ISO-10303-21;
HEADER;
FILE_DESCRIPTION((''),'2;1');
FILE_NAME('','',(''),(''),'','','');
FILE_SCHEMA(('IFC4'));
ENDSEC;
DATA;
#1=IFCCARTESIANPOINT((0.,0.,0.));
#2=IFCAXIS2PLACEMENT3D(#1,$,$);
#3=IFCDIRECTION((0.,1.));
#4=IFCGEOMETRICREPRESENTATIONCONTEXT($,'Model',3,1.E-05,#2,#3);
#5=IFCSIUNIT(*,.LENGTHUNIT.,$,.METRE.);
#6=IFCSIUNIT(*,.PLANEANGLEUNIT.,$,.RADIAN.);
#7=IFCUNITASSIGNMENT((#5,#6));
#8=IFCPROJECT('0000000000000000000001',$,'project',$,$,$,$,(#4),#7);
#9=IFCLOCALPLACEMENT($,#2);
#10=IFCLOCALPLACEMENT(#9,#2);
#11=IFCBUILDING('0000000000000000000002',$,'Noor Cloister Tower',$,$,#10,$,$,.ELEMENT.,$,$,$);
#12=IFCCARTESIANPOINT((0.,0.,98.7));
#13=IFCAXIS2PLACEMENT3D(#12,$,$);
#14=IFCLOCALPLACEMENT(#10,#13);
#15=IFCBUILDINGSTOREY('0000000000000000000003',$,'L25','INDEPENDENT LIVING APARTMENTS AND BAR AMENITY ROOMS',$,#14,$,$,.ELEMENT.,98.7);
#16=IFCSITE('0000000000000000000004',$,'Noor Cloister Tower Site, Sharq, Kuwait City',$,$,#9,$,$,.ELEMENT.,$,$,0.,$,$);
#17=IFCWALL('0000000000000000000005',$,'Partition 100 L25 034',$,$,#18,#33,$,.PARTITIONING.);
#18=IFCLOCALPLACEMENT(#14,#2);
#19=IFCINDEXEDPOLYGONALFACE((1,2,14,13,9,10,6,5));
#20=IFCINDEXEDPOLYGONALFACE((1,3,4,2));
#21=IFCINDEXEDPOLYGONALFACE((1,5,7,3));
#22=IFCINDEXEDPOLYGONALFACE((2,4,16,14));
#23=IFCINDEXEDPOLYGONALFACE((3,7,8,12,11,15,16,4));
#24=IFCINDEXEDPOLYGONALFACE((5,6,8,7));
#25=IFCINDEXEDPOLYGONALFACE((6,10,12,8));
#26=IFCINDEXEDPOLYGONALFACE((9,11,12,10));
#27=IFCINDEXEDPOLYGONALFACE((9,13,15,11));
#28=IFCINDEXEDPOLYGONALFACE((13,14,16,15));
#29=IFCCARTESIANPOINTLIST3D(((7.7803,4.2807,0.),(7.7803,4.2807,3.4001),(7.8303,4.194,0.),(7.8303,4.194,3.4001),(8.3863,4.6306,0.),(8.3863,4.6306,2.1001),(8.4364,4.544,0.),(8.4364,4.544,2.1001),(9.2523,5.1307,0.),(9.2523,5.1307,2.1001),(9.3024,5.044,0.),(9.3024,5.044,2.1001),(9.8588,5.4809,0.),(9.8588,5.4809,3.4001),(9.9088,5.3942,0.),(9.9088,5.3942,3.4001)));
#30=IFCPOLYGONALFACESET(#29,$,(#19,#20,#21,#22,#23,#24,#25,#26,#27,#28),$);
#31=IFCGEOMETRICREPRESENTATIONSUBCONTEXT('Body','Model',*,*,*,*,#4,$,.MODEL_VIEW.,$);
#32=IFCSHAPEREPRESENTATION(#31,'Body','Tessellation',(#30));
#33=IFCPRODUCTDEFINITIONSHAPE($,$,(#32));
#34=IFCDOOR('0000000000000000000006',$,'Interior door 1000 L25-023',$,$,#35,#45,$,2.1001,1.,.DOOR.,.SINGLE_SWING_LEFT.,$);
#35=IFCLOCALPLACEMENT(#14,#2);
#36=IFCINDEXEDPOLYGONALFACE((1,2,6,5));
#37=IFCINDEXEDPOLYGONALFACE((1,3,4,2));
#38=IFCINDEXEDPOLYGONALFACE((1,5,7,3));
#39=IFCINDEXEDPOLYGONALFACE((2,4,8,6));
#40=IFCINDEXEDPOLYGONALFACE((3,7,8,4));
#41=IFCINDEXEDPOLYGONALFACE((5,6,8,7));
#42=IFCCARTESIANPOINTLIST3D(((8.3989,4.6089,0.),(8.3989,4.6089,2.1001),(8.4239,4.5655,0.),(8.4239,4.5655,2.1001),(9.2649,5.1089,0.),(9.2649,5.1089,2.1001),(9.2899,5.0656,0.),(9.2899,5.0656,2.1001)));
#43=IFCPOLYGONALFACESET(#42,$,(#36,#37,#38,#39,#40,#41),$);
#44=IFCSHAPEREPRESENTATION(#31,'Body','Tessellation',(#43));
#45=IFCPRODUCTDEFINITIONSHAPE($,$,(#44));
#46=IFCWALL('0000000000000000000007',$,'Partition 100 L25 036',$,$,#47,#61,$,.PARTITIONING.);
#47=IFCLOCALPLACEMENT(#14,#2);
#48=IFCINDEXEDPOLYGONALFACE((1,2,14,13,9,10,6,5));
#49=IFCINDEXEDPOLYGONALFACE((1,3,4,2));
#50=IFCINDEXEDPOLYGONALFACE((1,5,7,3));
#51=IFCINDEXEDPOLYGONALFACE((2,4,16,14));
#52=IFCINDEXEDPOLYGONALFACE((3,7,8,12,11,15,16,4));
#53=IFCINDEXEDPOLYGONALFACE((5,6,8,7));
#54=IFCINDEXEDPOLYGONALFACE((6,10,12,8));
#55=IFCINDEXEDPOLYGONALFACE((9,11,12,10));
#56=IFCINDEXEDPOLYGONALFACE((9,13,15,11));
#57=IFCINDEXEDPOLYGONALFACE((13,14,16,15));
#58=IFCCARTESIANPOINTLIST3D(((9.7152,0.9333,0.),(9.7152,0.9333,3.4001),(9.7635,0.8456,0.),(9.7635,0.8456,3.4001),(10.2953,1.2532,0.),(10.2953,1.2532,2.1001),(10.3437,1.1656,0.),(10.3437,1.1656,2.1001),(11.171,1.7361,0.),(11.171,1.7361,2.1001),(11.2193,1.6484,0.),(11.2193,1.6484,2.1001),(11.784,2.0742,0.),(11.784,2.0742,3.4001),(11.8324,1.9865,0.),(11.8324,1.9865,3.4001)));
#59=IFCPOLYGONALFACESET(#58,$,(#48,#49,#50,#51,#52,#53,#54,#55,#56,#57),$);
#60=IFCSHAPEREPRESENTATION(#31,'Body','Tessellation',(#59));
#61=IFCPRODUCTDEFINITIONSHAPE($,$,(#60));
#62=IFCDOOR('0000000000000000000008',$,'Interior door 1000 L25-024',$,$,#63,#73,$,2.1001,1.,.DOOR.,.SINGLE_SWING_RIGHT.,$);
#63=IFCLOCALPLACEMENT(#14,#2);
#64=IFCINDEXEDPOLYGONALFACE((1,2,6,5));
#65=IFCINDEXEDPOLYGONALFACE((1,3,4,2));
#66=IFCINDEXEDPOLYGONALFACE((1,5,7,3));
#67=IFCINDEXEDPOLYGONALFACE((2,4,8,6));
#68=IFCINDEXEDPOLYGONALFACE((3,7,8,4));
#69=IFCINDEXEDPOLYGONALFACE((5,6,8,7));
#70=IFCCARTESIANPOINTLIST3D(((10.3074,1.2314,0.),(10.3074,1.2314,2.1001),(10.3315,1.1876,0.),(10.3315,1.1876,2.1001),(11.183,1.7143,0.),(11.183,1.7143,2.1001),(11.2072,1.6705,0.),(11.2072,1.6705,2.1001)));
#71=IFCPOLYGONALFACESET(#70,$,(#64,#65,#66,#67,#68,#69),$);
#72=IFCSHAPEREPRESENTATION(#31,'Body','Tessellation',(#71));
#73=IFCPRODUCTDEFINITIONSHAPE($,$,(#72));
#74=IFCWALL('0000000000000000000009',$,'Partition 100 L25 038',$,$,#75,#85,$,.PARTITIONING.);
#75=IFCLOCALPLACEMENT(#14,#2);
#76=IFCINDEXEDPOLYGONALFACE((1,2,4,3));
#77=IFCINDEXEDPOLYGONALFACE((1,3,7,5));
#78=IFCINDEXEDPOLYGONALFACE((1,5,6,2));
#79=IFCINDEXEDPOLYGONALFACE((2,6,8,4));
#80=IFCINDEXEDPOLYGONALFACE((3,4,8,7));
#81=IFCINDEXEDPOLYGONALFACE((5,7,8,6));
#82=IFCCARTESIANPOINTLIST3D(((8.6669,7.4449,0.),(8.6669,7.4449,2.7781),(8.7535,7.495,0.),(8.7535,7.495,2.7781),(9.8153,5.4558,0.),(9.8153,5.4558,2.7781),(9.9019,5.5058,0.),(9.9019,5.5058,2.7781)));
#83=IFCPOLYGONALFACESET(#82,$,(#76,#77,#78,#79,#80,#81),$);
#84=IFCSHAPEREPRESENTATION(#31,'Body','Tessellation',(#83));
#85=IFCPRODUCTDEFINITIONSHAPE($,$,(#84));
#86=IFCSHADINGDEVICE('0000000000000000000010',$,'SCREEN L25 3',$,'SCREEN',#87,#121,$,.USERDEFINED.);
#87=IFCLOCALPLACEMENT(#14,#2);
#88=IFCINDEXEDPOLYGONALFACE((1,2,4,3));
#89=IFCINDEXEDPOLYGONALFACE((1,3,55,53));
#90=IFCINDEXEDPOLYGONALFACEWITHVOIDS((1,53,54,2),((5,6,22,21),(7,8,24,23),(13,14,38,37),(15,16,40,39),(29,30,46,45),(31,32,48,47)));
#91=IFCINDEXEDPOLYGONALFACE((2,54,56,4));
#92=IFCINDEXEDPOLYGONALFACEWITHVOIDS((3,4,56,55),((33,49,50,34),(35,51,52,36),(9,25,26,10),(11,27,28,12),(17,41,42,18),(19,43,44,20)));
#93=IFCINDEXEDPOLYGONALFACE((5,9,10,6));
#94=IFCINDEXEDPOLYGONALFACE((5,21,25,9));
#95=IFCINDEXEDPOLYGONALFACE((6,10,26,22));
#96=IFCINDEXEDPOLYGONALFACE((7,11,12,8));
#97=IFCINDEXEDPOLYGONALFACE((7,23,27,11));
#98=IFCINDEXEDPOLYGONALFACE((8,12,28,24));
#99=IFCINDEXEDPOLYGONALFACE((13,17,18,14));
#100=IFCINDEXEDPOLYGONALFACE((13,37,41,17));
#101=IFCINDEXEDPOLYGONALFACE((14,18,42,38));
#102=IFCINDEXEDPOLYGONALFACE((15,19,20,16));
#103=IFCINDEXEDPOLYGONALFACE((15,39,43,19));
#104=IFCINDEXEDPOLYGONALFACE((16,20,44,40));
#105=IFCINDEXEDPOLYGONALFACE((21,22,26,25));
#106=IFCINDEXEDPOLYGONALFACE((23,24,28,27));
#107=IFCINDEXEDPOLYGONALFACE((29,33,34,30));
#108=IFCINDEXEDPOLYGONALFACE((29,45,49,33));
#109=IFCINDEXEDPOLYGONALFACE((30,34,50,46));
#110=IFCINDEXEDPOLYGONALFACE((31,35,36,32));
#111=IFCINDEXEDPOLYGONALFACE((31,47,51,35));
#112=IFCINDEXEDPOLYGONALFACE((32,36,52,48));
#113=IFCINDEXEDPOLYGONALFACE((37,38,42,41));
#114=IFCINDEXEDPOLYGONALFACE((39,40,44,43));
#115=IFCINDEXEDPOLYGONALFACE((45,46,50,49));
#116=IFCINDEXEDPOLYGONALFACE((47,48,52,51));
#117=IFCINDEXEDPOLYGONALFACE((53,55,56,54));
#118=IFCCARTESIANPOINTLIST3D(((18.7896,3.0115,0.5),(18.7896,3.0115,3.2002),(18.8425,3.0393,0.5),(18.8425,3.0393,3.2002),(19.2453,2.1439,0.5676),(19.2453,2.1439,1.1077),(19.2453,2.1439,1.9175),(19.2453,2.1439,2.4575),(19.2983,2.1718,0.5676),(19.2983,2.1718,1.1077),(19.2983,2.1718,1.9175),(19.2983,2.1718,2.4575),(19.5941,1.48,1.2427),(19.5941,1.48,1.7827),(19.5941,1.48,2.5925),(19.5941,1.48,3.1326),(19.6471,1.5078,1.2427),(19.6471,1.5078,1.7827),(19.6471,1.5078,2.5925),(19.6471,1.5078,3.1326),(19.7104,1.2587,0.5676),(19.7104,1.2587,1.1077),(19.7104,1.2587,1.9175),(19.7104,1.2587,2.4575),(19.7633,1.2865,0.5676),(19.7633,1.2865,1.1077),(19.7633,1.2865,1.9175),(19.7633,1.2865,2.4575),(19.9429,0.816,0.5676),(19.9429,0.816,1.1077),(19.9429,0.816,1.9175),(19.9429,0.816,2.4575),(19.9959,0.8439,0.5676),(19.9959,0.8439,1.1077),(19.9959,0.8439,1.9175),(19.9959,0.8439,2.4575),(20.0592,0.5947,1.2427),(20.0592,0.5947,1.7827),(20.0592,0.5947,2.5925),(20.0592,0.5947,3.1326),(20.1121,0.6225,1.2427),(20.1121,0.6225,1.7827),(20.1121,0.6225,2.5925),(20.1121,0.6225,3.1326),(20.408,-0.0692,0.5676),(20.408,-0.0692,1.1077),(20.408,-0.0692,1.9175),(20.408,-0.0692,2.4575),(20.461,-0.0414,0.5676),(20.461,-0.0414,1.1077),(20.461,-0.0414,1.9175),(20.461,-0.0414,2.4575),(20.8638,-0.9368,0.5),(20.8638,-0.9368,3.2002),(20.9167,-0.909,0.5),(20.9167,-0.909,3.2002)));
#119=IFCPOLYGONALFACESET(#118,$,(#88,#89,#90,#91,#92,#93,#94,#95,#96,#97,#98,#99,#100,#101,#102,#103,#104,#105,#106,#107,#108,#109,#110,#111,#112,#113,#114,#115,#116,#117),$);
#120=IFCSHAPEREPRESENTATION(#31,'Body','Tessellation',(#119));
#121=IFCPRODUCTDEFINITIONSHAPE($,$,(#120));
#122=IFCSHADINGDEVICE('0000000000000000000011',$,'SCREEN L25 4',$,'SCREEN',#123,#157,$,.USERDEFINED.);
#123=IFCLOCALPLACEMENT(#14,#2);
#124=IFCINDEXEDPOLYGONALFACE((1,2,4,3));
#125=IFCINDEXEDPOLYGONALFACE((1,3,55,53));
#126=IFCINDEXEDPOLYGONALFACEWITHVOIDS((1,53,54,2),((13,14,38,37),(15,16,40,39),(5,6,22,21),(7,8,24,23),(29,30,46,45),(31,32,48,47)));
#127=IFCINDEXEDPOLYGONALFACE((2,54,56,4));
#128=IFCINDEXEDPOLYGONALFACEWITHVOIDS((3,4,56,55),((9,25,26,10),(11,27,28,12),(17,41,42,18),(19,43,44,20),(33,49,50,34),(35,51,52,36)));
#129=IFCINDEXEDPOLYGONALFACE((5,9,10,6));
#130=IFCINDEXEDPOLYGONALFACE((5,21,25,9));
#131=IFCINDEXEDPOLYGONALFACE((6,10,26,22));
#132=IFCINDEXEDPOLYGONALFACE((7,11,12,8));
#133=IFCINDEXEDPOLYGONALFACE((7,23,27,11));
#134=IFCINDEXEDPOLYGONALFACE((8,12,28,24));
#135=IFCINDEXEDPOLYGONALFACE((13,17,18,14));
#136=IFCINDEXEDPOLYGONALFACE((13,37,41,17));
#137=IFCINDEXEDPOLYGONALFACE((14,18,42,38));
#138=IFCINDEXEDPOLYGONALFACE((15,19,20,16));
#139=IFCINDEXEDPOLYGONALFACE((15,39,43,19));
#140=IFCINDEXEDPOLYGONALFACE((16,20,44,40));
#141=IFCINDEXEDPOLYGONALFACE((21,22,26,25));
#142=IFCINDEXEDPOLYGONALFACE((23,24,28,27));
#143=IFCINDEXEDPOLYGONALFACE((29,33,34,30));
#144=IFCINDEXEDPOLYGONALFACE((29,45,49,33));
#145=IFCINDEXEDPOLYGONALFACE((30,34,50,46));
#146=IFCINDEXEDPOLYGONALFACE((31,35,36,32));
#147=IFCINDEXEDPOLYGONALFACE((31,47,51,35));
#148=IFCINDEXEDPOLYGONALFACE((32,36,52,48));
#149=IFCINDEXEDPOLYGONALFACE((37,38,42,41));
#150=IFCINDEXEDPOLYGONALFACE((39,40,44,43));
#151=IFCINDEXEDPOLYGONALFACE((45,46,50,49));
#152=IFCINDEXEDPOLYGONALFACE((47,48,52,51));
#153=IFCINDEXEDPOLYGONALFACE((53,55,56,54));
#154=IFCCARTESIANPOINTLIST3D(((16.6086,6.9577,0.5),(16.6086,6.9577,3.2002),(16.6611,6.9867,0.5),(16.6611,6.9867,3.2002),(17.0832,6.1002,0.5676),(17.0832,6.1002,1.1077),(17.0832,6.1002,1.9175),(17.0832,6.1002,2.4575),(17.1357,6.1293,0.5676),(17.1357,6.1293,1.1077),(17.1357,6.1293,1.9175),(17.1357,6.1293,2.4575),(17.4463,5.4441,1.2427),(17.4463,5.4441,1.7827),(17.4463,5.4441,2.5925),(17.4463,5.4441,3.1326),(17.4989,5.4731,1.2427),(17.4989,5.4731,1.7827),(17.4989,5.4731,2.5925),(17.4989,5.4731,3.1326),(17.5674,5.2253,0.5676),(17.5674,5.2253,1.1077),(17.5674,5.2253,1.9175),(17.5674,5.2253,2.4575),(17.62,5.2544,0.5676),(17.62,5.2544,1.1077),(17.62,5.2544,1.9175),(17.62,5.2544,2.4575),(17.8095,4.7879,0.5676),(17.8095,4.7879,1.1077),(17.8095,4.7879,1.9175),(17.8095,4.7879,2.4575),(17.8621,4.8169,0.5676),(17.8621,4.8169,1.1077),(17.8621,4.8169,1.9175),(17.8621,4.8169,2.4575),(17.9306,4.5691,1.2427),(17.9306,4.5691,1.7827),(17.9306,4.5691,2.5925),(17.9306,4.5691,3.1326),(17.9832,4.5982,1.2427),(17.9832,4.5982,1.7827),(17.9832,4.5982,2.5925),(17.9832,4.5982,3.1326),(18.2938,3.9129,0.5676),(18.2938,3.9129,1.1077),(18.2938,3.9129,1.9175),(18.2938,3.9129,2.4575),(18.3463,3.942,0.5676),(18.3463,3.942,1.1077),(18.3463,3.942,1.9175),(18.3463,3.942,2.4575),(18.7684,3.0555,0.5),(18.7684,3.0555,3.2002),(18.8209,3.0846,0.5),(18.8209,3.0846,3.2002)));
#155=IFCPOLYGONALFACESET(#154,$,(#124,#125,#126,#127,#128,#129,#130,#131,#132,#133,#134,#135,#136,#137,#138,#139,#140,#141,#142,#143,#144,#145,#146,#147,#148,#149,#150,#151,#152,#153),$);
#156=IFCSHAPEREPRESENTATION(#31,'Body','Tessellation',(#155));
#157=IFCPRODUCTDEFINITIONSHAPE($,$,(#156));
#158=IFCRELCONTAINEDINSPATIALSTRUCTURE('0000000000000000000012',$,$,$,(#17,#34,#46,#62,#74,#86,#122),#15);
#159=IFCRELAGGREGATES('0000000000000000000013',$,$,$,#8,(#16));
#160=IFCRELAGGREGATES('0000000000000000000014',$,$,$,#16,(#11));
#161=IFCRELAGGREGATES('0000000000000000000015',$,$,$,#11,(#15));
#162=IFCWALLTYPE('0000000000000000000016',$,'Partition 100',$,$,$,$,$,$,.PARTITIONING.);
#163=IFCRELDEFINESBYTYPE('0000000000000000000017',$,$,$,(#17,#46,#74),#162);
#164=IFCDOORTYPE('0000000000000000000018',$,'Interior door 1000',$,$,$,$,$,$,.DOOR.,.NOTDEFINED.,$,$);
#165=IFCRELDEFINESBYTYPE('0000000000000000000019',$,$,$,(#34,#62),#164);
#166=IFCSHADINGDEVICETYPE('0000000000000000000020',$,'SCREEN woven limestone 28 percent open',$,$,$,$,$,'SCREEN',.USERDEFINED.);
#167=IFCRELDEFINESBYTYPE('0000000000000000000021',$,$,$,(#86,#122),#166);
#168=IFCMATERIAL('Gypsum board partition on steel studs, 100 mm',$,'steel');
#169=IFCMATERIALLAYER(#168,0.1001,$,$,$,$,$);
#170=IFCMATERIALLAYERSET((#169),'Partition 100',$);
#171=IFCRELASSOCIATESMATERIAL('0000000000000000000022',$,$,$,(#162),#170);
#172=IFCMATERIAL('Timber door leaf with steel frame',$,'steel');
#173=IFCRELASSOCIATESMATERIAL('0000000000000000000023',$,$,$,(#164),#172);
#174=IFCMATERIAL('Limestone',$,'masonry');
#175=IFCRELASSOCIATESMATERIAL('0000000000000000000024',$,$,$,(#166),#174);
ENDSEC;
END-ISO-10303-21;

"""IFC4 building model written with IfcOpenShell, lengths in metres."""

from ifc_helpers import new_model, si_unit, direction, frame, frame_2d, origin, place, context, subcontext, project, spatial, polyline, rectangle, outline, extrude, material, layer, layer_set, material_profile, profile_set, type_object, element, fill, save


model = new_model("IFC4")

# Units and contexts
model_context = context("Model", 3, precision=1e-05, world=origin(), true_north=direction((0.0, 1.0)))
body_context = subcontext(model_context, "Body", "Model", "MODEL_VIEW")
ifc_project = project(units=[si_unit("LENGTHUNIT", "METRE"), si_unit("PLANEANGLEUNIT", "RADIAN")], contexts=[model_context])

# Site, building, storey
site_placement = place(None, origin())
site = spatial("IfcSite", under=ifc_project, at=site_placement, Name="Noor Cloister Tower Site, Sharq, Kuwait City", CompositionType="ELEMENT", RefElevation=0.0)
building_placement = place(site_placement, origin())
building = spatial("IfcBuilding", under=site, at=building_placement, Name="Noor Cloister Tower", CompositionType="ELEMENT")
storey_placement = place(building_placement, frame((0.0, 0.0, 98.7)))
storey = spatial("IfcBuildingStorey", under=building, at=storey_placement, Name="L25", Description="INDEPENDENT LIVING APARTMENTS AND BAR AMENITY ROOMS", CompositionType="ELEMENT", Elevation=98.7)

# Walls, openings, doors
ifc_material_1 = material(Name="Gypsum board partition on steel studs, 100 mm", Category="steel")
ifc_layer_1 = layer(ifc_material_1, 0.1001)
ifc_layer_set_1 = layer_set([ifc_layer_1], Name="Partition 100")
wall_type_1 = type_object("IfcWallType", Name="Partition 100", PredefinedType="PARTITIONING", material=ifc_layer_set_1)
wall_1_placement = place(storey_placement, frame((7.8052, 4.2373, 0.0), z_axis=(0.0, 0.0, 1.0), x_axis=(0.866006, 0.500034, 0.0)))
wall_1 = element("IfcWall", 1, at=wall_1_placement, inside=storey, type_object=wall_type_1, Name="Partition 100 L25 034", PredefinedType="PARTITIONING", context=body_context, shape_type="SweptSolid", body=[
    extrude(rectangle(XDim=2.4001, YDim=0.1001, at=frame_2d((1.2002, 0.0))), origin(), (0.0, 0.0, 1.0), 3.4001),
])
opening_1_placement = place(wall_1_placement, frame((0.7, 0.0, 0.0)))
opening_1 = element("IfcOpeningElement", 2, at=opening_1_placement, cuts=wall_1, PredefinedType="OPENING", context=body_context, shape_type="SweptSolid", body=[
    extrude(rectangle(XDim=1.0, YDim=2.1001, at=frame_2d((0.5, 1.05))), frame((0.0, 0.0601, 0.0), z_axis=(0.0, -1.0, 0.0), x_axis=(1.0, 0.0, 0.0)), (0.0, 0.0, 1.0), 0.1201),
])
ifc_material_2 = material(Name="Timber door leaf with steel frame", Category="steel")
door_type = type_object("IfcDoorType", Name="Interior door 1000", OperationType="NOTDEFINED", PredefinedType="DOOR", material=ifc_material_2)
door_1_placement = place(opening_1_placement, origin())
door_1 = element("IfcDoor", 3, at=door_1_placement, inside=storey, type_object=door_type, Name="Interior door 1000 L25-023", OperationType="SINGLE_SWING_LEFT", OverallHeight=2.1001, OverallWidth=1.0, PredefinedType="DOOR", context=body_context, shape_type="SweptSolid", body=[
    extrude(rectangle(XDim=1.0, YDim=2.1001, at=frame_2d((0.5, 1.05))), frame((0.0, 0.0249, 0.0), z_axis=(0.0, -1.0, 0.0), x_axis=(1.0, 0.0, 0.0)), (0.0, 0.0, 1.0), 0.05),
])
fill(opening_1, door_1)
wall_2_placement = place(storey_placement, frame((11.8081, 2.0303, 0.0), z_axis=(0.0, 0.0, 1.0), x_axis=(-0.875679, -0.482894, 0.0)))
wall_2 = element("IfcWall", 4, at=wall_2_placement, inside=storey, type_object=wall_type_1, Name="Partition 100 L25 036", PredefinedType="PARTITIONING", context=body_context, shape_type="SweptSolid", body=[
    extrude(rectangle(XDim=2.3625, YDim=0.1001, at=frame_2d((1.1812, 0.0))), origin(), (0.0, 0.0, 1.0), 3.4001),
])
opening_2_placement = place(wall_2_placement, frame((0.7, 0.0, 0.0)))
opening_2 = element("IfcOpeningElement", 5, at=opening_2_placement, cuts=wall_2, PredefinedType="OPENING", context=body_context, shape_type="SweptSolid", body=[
    extrude(rectangle(XDim=1.0, YDim=2.1001, at=frame_2d((0.5, 1.05))), frame((0.0, 0.0601, 0.0), z_axis=(0.0, -1.0, 0.0), x_axis=(1.0, 0.0, 0.0)), (0.0, 0.0, 1.0), 0.1201),
])
door_2_placement = place(opening_2_placement, origin())
door_2 = element("IfcDoor", 6, at=door_2_placement, inside=storey, type_object=door_type, Name="Interior door 1000 L25-024", OperationType="SINGLE_SWING_RIGHT", OverallHeight=2.1001, OverallWidth=1.0, PredefinedType="DOOR", context=body_context, shape_type="SweptSolid", body=[
    extrude(rectangle(XDim=1.0, YDim=2.1001, at=frame_2d((0.5, 1.05))), frame((0.0, 0.0249, 0.0), z_axis=(0.0, -1.0, 0.0), x_axis=(1.0, 0.0, 0.0)), (0.0, 0.0, 1.0), 0.05),
])
fill(opening_2, door_2)

# Wall
wall_3_placement = place(storey_placement, frame((8.7102, 7.47, 0.0), z_axis=(0.0, 0.0, 1.0), x_axis=(0.49998, -0.866037, 0.0)))
element("IfcWall", 7, at=wall_3_placement, inside=storey, type_object=wall_type_1, Name="Partition 100 L25 038", PredefinedType="PARTITIONING", context=body_context, shape_type="SweptSolid", body=[
    extrude(rectangle(XDim=2.2969, YDim=0.1001, at=frame_2d((1.1484, 0.0))), origin(), (0.0, 0.0, 1.0), 2.7781),
])

# Shading devices
ifc_material_3 = material(Name="Limestone", Category="masonry")
ifc_material_profile_1 = material_profile(ifc_material_3, outline(polyline([(-2.23, -1.3501), (2.23, -1.3501), (2.23, 1.3501), (-2.23, 1.3501), (-2.23, -1.3501)]), holes=[polyline([(-1.25, -1.2825), (-0.25, -1.2825), (-0.25, -0.7424), (-1.25, -0.7424), (-1.25, -1.2825)]), polyline([(0.25, -1.2825), (1.25, -1.2825), (1.25, -0.7424), (0.25, -0.7424), (0.25, -1.2825)]), polyline([(-0.5, -0.6074), (0.5, -0.6074), (0.5, -0.0674), (-0.5, -0.0674), (-0.5, -0.6074)]), polyline([(-1.25, 0.0674), (-0.25, 0.0674), (-0.25, 0.6074), (-1.25, 0.6074), (-1.25, 0.0674)]), polyline([(0.25, 0.0674), (1.25, 0.0674), (1.25, 0.6074), (0.25, 0.6074), (0.25, 0.0674)]), polyline([(-0.5, 0.7424), (0.5, 0.7424), (0.5, 1.2825), (-0.5, 1.2825), (-0.5, 0.7424)])]), Name="Woven screen 28 percent open")
ifc_profile_set_1 = profile_set([ifc_material_profile_1], Name="Limestone")
shading_device_type = type_object("IfcShadingDeviceType", Name="SCREEN woven limestone 28 percent open", ElementType="SCREEN", PredefinedType="USERDEFINED", material=ifc_profile_set_1)
shading_device_placement = place(storey_placement, frame((19.8267, 1.0374, 1.8501), z_axis=(0.885272, 0.465074, 0.0), x_axis=(-0.465074, 0.885272, 0.0)))
element("IfcShadingDevice", 8, at=shading_device_placement, inside=storey, type_object=shading_device_type, Name="SCREEN L25 3", ObjectType="SCREEN", PredefinedType="USERDEFINED", context=body_context, shape_type="SweptSolid", body=[
    extrude(outline(polyline([(-2.23, -1.3501), (2.23, -1.3501), (2.23, 1.3501), (-2.23, 1.3501), (-2.23, -1.3501)]), holes=[polyline([(-1.25, -1.2825), (-0.25, -1.2825), (-0.25, -0.7424), (-1.25, -0.7424), (-1.25, -1.2825)]), polyline([(0.25, -1.2825), (1.25, -1.2825), (1.25, -0.7424), (0.25, -0.7424), (0.25, -1.2825)]), polyline([(-0.5, -0.6074), (0.5, -0.6074), (0.5, -0.0674), (-0.5, -0.0674), (-0.5, -0.6074)]), polyline([(-1.25, 0.0674), (-0.25, 0.0674), (-0.25, 0.6074), (-1.25, 0.6074), (-1.25, 0.0674)]), polyline([(0.25, 0.0674), (1.25, 0.0674), (1.25, 0.6074), (0.25, 0.6074), (0.25, 0.0674)]), polyline([(-0.5, 0.7424), (0.5, 0.7424), (0.5, 1.2825), (-0.5, 1.2825), (-0.5, 0.7424)])]), origin(), (0.0, 0.0, 1.0), 0.0598),
])
for number, where, z_axis, x_axis, name in (
    (9, (17.6885, 5.0066, 1.8501), (0.874924, 0.48426, 0.0), (-0.48426, 0.874924, 0.0), "SCREEN L25 4"),
):
    element("IfcShadingDevice", number, at=place(storey_placement, frame(where, z_axis=z_axis, x_axis=x_axis)), inside=storey, type_object=shading_device_type, Name=name, ObjectType="SCREEN", PredefinedType="USERDEFINED", context=body_context, shape_type="SweptSolid", body=[
        extrude(outline(polyline([(-2.23, -1.3501), (2.23, -1.3501), (2.23, 1.3501), (-2.23, 1.3501), (-2.23, -1.3501)]), holes=[polyline([(-1.25, -1.2825), (-0.25, -1.2825), (-0.25, -0.7424), (-1.25, -0.7424), (-1.25, -1.2825)]), polyline([(0.25, -1.2825), (1.25, -1.2825), (1.25, -0.7424), (0.25, -0.7424), (0.25, -1.2825)]), polyline([(-0.5, -0.6074), (0.5, -0.6074), (0.5, -0.0674), (-0.5, -0.0674), (-0.5, -0.6074)]), polyline([(-1.25, 0.0674), (-0.25, 0.0674), (-0.25, 0.6074), (-1.25, 0.6074), (-1.25, 0.0674)]), polyline([(0.25, 0.0674), (1.25, 0.0674), (1.25, 0.6074), (0.25, 0.6074), (0.25, 0.0674)]), polyline([(-0.5, 0.7424), (0.5, 0.7424), (0.5, 1.2825), (-0.5, 1.2825), (-0.5, 0.7424)])]), origin(), (0.0, 0.0, 1.0), 0.0601),
    ])

save(model, "model.ifc")
